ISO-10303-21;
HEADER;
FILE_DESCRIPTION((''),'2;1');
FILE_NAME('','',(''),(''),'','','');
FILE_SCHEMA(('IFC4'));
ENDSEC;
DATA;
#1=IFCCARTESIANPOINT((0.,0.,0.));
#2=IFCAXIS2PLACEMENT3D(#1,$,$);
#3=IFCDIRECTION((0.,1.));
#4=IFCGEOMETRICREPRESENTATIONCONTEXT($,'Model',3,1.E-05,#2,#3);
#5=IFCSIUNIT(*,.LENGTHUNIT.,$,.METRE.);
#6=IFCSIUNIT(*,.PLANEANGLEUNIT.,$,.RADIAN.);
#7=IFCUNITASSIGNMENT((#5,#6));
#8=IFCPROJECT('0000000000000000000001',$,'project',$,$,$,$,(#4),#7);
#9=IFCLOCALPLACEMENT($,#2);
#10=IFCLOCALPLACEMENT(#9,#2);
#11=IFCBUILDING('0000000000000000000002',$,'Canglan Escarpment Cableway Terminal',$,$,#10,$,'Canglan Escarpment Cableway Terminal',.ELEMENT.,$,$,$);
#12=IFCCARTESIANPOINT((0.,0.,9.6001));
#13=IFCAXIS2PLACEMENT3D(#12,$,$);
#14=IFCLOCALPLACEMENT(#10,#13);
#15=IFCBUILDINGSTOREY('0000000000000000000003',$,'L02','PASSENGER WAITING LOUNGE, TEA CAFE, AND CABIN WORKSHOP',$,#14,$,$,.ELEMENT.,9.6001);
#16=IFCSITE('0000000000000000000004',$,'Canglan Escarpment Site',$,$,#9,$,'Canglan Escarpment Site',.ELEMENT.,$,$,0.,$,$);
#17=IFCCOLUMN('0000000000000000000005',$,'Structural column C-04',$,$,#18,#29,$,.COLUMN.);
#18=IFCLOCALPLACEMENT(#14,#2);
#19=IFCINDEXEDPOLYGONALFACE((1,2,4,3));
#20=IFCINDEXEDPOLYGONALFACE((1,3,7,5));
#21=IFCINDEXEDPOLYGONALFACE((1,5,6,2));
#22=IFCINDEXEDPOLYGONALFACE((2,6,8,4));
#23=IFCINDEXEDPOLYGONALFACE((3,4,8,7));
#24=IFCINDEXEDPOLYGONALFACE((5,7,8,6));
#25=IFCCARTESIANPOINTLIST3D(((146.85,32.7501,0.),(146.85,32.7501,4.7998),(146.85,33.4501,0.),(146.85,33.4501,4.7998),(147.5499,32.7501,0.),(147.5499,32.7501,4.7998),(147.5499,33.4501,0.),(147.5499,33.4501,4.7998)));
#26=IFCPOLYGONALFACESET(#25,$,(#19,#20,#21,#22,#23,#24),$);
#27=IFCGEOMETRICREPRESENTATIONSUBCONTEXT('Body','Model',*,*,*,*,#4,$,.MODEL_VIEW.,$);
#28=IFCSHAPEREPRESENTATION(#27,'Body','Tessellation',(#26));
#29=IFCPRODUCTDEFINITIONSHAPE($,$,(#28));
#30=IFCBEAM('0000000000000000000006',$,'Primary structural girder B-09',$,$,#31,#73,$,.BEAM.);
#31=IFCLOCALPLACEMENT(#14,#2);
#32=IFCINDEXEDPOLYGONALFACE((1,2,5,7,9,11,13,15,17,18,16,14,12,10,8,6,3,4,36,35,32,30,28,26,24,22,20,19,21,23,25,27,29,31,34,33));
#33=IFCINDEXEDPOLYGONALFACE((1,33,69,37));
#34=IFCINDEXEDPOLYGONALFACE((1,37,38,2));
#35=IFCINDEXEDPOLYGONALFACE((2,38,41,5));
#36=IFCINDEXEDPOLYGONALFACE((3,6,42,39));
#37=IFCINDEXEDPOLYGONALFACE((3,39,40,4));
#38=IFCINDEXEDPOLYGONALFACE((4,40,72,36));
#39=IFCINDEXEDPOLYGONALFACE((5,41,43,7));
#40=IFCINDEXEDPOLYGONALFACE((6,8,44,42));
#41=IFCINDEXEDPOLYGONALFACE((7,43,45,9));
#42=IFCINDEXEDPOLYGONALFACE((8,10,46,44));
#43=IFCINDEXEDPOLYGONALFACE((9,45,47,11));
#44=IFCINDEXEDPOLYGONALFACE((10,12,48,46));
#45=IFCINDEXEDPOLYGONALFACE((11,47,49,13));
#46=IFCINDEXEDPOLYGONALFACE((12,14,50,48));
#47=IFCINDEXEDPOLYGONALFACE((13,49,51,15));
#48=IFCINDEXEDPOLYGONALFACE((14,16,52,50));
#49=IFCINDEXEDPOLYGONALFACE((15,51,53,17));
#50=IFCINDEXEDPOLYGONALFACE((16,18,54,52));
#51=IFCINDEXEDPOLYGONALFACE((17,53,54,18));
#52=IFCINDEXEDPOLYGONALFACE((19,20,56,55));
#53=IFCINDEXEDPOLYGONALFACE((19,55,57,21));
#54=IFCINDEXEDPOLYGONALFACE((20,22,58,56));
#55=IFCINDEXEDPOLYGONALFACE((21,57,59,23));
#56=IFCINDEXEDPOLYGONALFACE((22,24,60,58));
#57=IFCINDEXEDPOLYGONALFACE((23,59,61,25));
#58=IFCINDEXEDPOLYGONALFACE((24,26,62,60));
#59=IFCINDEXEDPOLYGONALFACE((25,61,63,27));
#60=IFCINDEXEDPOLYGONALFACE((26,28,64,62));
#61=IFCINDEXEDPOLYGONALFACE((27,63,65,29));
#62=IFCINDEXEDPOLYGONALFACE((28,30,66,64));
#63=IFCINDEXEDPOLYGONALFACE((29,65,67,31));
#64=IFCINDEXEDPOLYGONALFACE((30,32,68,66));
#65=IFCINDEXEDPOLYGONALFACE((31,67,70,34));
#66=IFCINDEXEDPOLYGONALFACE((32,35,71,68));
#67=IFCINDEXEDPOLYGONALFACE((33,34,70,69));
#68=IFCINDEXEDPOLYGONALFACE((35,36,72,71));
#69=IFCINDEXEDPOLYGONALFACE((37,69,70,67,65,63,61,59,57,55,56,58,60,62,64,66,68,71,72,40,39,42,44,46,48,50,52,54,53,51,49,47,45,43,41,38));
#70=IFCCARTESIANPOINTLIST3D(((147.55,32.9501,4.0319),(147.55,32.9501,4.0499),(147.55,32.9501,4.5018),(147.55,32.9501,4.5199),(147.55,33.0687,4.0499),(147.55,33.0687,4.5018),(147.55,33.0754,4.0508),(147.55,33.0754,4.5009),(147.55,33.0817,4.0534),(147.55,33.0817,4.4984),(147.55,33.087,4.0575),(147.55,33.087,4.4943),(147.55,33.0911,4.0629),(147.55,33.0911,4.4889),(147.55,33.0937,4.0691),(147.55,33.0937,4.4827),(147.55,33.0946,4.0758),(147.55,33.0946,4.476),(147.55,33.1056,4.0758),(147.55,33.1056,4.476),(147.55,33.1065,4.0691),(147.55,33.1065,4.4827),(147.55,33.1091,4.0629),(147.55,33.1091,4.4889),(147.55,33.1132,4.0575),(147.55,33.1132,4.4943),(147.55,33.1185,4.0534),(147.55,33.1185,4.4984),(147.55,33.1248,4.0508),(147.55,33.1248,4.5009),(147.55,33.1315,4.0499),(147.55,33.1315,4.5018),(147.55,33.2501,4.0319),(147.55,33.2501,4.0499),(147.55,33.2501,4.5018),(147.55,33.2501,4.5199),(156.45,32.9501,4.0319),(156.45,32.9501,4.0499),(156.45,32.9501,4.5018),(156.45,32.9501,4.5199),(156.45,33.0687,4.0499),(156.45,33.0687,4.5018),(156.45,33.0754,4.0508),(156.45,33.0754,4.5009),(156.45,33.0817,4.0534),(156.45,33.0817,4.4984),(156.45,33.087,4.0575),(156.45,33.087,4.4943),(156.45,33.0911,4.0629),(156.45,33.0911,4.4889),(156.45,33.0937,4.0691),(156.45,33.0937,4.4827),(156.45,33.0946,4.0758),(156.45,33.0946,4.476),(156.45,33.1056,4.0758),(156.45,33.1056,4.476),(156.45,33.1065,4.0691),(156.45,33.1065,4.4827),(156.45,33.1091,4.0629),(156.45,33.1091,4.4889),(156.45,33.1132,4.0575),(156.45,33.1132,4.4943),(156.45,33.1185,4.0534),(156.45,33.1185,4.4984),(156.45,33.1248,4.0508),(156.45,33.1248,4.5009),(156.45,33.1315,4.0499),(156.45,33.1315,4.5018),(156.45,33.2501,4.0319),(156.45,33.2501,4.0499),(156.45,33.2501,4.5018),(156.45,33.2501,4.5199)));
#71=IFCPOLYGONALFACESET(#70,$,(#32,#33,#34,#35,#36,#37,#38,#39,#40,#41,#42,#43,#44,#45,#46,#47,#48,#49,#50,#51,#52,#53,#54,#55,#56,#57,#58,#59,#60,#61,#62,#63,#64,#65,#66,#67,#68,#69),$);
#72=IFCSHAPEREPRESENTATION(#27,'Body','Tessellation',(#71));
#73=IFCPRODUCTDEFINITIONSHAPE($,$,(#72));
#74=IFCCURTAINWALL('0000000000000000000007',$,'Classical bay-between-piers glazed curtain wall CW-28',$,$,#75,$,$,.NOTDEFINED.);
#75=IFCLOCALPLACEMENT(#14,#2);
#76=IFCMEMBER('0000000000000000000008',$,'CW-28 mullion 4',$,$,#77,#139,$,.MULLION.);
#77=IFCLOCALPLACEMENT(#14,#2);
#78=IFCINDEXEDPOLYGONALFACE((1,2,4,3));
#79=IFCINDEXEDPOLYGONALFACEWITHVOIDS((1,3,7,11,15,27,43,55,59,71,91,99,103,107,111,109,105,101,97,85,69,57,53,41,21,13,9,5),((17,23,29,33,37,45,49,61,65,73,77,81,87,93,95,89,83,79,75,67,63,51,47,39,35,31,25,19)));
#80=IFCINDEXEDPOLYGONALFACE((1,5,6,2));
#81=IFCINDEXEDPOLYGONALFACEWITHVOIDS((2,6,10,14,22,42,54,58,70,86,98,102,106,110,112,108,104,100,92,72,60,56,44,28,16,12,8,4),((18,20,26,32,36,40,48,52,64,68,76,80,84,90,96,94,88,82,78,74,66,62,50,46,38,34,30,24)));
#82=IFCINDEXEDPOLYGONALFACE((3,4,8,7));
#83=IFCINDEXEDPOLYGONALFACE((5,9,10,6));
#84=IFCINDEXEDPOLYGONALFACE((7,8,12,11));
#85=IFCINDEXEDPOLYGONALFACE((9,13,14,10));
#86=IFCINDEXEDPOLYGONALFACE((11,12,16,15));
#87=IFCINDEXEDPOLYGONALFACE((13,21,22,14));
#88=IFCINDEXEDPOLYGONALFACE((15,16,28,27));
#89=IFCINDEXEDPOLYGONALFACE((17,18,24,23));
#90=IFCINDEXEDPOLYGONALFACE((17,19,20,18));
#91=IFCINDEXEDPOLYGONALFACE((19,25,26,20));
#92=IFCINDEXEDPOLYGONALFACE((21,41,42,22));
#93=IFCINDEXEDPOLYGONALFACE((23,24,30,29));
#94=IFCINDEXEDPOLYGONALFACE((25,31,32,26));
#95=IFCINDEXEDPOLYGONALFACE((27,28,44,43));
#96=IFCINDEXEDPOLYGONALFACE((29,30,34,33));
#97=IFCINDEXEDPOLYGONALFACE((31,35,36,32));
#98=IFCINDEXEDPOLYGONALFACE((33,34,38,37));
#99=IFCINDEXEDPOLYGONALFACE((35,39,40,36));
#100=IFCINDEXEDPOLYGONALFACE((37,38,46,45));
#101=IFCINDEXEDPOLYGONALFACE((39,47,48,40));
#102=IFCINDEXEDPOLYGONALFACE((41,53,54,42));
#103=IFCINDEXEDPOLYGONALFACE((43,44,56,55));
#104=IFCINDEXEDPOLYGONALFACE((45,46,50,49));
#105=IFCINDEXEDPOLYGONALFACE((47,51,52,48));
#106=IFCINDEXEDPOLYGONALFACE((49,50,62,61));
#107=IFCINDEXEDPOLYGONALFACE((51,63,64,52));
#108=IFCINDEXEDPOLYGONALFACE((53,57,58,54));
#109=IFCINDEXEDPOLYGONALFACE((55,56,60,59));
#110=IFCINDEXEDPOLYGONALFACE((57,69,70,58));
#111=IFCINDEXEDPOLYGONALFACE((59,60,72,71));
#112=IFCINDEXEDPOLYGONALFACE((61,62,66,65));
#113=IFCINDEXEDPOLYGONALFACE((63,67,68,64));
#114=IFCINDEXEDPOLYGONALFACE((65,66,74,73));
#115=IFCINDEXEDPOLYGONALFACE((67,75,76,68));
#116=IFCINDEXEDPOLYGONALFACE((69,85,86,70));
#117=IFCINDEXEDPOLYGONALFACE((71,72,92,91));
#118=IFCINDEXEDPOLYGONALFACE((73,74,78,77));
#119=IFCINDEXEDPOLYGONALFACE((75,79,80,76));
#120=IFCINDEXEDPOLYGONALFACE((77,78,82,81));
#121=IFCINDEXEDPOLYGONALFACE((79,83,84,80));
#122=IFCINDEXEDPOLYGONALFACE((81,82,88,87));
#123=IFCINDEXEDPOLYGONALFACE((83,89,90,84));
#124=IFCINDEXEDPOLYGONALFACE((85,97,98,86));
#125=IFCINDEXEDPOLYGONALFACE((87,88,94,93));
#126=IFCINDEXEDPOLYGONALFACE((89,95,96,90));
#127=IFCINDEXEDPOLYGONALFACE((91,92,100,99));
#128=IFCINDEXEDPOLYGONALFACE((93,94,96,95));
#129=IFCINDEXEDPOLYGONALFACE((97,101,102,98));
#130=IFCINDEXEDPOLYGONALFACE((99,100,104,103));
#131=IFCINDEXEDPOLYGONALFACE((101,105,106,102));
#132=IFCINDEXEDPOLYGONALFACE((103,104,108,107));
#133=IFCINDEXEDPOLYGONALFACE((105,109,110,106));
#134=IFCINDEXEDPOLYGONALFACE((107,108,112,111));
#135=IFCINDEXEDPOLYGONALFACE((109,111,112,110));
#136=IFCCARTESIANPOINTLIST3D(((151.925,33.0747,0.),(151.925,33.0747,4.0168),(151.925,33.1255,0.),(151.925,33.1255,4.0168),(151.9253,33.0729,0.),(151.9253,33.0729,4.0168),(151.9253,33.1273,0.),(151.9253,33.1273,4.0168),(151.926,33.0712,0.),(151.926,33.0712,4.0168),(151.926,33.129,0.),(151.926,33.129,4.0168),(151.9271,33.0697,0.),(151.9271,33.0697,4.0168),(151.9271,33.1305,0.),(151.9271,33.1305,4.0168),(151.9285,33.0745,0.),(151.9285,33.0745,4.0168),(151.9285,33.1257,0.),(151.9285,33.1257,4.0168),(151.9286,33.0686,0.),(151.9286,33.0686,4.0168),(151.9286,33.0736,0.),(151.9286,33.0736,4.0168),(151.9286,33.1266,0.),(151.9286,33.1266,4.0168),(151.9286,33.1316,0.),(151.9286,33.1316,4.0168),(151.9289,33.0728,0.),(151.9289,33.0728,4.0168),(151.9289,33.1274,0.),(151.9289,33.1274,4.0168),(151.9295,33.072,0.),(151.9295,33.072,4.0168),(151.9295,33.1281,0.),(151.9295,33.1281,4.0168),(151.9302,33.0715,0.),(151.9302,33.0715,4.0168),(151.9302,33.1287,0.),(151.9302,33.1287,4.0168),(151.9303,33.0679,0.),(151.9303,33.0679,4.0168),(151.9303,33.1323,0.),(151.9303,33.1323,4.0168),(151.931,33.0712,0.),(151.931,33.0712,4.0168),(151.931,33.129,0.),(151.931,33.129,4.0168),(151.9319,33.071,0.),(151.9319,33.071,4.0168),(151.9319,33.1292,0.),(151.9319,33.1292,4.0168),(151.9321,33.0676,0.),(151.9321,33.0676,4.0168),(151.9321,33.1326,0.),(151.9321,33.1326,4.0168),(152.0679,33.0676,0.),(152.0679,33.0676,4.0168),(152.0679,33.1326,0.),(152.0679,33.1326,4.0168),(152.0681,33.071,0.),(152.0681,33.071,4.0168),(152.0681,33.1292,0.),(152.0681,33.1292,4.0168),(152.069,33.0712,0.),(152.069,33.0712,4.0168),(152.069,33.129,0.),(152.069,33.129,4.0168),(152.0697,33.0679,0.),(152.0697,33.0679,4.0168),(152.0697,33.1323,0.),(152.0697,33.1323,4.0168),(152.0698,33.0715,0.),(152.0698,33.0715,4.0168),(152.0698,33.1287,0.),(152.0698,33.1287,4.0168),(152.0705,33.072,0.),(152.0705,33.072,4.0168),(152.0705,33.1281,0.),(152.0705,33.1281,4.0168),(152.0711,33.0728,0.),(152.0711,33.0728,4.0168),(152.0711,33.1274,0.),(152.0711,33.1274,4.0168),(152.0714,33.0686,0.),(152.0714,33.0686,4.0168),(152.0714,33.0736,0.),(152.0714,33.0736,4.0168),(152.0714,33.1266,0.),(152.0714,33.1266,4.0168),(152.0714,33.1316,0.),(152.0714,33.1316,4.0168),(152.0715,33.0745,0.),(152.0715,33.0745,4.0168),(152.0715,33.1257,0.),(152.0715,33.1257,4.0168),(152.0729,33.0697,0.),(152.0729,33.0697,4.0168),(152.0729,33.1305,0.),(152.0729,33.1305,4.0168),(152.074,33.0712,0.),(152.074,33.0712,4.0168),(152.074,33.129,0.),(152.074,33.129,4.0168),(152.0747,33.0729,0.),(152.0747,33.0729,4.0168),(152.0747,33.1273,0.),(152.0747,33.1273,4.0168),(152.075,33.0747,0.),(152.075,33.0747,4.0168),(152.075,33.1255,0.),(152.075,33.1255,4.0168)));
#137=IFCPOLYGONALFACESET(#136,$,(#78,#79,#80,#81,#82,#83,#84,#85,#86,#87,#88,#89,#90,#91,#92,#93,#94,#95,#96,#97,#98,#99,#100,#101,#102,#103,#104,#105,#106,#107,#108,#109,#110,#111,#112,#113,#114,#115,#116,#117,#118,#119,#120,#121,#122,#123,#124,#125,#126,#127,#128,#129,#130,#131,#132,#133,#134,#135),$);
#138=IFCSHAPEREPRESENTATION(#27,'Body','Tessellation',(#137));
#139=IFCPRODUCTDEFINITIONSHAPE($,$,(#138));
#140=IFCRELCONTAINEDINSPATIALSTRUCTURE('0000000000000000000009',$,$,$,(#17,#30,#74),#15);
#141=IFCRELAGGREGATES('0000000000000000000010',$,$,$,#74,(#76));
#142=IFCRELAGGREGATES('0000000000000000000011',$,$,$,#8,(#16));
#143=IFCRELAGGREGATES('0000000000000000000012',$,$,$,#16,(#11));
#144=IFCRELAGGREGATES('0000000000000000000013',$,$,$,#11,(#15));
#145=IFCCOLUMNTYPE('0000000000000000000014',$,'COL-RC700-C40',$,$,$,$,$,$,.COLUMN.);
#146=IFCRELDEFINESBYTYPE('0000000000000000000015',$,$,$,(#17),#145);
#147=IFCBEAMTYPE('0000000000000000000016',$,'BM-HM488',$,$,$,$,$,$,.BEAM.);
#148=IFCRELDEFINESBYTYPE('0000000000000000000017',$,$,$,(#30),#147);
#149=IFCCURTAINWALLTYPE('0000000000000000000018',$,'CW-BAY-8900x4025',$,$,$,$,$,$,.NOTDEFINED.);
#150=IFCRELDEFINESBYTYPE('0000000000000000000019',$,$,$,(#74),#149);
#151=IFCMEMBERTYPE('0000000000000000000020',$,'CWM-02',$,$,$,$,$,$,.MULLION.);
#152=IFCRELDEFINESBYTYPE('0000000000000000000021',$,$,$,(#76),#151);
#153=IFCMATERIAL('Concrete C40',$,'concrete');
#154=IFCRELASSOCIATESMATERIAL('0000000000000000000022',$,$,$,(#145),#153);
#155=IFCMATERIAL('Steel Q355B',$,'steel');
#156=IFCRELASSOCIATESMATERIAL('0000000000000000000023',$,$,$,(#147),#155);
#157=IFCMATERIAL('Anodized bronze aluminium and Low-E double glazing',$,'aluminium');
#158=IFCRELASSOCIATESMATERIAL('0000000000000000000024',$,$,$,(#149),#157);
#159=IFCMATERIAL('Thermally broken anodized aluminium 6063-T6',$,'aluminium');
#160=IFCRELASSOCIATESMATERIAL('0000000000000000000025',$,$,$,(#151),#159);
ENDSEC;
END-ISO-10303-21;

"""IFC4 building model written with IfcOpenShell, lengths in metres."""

from ifc_helpers import new_model, si_unit, direction, frame, origin, origin_2d, place, context, subcontext, project, spatial, rectangle, hollow_rectangle, i_section, extrude, material, material_profile, profile_set, type_object, element, aggregate, save


model = new_model("IFC4")

# Units and contexts
model_context = context("Model", 3, precision=1e-05, world=origin(), true_north=direction((0.0, 1.0)))
body_context = subcontext(model_context, "Body", "Model", "MODEL_VIEW")
ifc_project = project(units=[si_unit("LENGTHUNIT", "METRE"), si_unit("PLANEANGLEUNIT", "RADIAN")], contexts=[model_context])

# Site, building, storey
site_placement = place(None, origin())
site = spatial("IfcSite", under=ifc_project, at=site_placement, Name="Canglan Escarpment Site", LongName="Canglan Escarpment Site", CompositionType="ELEMENT", RefElevation=0.0)
building_placement = place(site_placement, origin())
building = spatial("IfcBuilding", under=site, at=building_placement, Name="Canglan Escarpment Cableway Terminal", LongName="Canglan Escarpment Cableway Terminal", CompositionType="ELEMENT")
storey_placement = place(building_placement, frame((0.0, 0.0, 9.6001)))
storey = spatial("IfcBuildingStorey", under=building, at=storey_placement, Name="L02", Description="PASSENGER WAITING LOUNGE, TEA CAFE, AND CABIN WORKSHOP", CompositionType="ELEMENT", Elevation=9.6001)

# Column
ifc_material_1 = material(Name="Concrete C40", Category="concrete")
ifc_material_profile_1 = material_profile(ifc_material_1, rectangle(XDim=0.7, YDim=0.7, at=origin_2d()), Name="RC 700x700")
ifc_profile_set_1 = profile_set([ifc_material_profile_1], Name="Concrete C40")
column_type = type_object("IfcColumnType", Name="COL-RC700-C40", PredefinedType="COLUMN", material=ifc_profile_set_1)
column_placement = place(storey_placement, frame((147.2, 33.1001, 0.0), z_axis=(0.0, 0.0, 1.0), x_axis=(1.0, 0.0, 0.0)))
element("IfcColumn", 1, at=column_placement, inside=storey, type_object=column_type, Name="Structural column C-04", PredefinedType="COLUMN", context=body_context, shape_type="SweptSolid", body=[
    extrude(rectangle(XDim=0.7, YDim=0.7, at=origin_2d()), origin(), (0.0, 0.0, 1.0), 4.7998),
])

# Beam
ifc_material_2 = material(Name="Steel Q355B", Category="steel")
ifc_material_profile_2 = material_profile(ifc_material_2, i_section(OverallWidth=0.3, OverallDepth=0.488, WebThickness=0.011, FlangeThickness=0.0181, FilletRadius=0.0259, at=origin_2d()), Name="HM 488x300x11x18")
ifc_profile_set_2 = profile_set([ifc_material_profile_2], Name="Steel Q355B")
beam_type = type_object("IfcBeamType", Name="BM-HM488", PredefinedType="BEAM", material=ifc_profile_set_2)
beam_placement = place(storey_placement, frame((147.55, 33.1001, 4.2759), z_axis=(1.0, 0.0, 0.0), x_axis=(0.0, 1.0, 0.0)))
element("IfcBeam", 2, at=beam_placement, inside=storey, type_object=beam_type, Name="Primary structural girder B-09", PredefinedType="BEAM", context=body_context, shape_type="SweptSolid", body=[
    extrude(i_section(OverallWidth=0.3, OverallDepth=0.488, WebThickness=0.011, FlangeThickness=0.0181, FilletRadius=0.0259, at=origin_2d()), origin(), (0.0, 0.0, 1.0), 8.8999),
])

# Curtain wall, member
ifc_material_3 = material(Name="Anodized bronze aluminium and Low-E double glazing", Category="aluminium")
curtain_wall_type = type_object("IfcCurtainWallType", Name="CW-BAY-8900x4025", PredefinedType="NOTDEFINED", material=ifc_material_3)
curtain_wall_placement = place(storey_placement, origin())
curtain_wall = element("IfcCurtainWall", 3, at=curtain_wall_placement, inside=storey, type_object=curtain_wall_type, Name="Classical bay-between-piers glazed curtain wall CW-28", PredefinedType="NOTDEFINED")
ifc_material_4 = material(Name="Thermally broken anodized aluminium 6063-T6", Category="aluminium")
ifc_material_profile_3 = material_profile(ifc_material_4, hollow_rectangle(XDim=0.0649, YDim=0.1499, WallThickness=0.0034, InnerFilletRadius=0.0034, OuterFilletRadius=0.0071, at=origin_2d()), Name="ALU-MULL 65x150x3.5")
ifc_profile_set_3 = profile_set([ifc_material_profile_3], Name="Thermally broken anodized aluminium 6063-T6")
member_type_1 = type_object("IfcMemberType", Name="CWM-02", PredefinedType="MULLION", material=ifc_profile_set_3)
member_1_placement = place(storey_placement, frame((152.0, 33.1001, 0.0), z_axis=(0.0, 0.0, 1.0), x_axis=(0.0, -1.0, 0.0)))
member_1 = element("IfcMember", 4, at=member_1_placement, type_object=member_type_1, Name="CW-28 mullion 4", PredefinedType="MULLION", context=body_context, shape_type="SweptSolid", body=[
    extrude(hollow_rectangle(XDim=0.0649, YDim=0.1499, WallThickness=0.0034, InnerFilletRadius=0.0034, OuterFilletRadius=0.0071, at=origin_2d()), origin(), (0.0, 0.0, 1.0), 4.0168),
])
aggregate(curtain_wall, [member_1])

save(model, "model.ifc")
